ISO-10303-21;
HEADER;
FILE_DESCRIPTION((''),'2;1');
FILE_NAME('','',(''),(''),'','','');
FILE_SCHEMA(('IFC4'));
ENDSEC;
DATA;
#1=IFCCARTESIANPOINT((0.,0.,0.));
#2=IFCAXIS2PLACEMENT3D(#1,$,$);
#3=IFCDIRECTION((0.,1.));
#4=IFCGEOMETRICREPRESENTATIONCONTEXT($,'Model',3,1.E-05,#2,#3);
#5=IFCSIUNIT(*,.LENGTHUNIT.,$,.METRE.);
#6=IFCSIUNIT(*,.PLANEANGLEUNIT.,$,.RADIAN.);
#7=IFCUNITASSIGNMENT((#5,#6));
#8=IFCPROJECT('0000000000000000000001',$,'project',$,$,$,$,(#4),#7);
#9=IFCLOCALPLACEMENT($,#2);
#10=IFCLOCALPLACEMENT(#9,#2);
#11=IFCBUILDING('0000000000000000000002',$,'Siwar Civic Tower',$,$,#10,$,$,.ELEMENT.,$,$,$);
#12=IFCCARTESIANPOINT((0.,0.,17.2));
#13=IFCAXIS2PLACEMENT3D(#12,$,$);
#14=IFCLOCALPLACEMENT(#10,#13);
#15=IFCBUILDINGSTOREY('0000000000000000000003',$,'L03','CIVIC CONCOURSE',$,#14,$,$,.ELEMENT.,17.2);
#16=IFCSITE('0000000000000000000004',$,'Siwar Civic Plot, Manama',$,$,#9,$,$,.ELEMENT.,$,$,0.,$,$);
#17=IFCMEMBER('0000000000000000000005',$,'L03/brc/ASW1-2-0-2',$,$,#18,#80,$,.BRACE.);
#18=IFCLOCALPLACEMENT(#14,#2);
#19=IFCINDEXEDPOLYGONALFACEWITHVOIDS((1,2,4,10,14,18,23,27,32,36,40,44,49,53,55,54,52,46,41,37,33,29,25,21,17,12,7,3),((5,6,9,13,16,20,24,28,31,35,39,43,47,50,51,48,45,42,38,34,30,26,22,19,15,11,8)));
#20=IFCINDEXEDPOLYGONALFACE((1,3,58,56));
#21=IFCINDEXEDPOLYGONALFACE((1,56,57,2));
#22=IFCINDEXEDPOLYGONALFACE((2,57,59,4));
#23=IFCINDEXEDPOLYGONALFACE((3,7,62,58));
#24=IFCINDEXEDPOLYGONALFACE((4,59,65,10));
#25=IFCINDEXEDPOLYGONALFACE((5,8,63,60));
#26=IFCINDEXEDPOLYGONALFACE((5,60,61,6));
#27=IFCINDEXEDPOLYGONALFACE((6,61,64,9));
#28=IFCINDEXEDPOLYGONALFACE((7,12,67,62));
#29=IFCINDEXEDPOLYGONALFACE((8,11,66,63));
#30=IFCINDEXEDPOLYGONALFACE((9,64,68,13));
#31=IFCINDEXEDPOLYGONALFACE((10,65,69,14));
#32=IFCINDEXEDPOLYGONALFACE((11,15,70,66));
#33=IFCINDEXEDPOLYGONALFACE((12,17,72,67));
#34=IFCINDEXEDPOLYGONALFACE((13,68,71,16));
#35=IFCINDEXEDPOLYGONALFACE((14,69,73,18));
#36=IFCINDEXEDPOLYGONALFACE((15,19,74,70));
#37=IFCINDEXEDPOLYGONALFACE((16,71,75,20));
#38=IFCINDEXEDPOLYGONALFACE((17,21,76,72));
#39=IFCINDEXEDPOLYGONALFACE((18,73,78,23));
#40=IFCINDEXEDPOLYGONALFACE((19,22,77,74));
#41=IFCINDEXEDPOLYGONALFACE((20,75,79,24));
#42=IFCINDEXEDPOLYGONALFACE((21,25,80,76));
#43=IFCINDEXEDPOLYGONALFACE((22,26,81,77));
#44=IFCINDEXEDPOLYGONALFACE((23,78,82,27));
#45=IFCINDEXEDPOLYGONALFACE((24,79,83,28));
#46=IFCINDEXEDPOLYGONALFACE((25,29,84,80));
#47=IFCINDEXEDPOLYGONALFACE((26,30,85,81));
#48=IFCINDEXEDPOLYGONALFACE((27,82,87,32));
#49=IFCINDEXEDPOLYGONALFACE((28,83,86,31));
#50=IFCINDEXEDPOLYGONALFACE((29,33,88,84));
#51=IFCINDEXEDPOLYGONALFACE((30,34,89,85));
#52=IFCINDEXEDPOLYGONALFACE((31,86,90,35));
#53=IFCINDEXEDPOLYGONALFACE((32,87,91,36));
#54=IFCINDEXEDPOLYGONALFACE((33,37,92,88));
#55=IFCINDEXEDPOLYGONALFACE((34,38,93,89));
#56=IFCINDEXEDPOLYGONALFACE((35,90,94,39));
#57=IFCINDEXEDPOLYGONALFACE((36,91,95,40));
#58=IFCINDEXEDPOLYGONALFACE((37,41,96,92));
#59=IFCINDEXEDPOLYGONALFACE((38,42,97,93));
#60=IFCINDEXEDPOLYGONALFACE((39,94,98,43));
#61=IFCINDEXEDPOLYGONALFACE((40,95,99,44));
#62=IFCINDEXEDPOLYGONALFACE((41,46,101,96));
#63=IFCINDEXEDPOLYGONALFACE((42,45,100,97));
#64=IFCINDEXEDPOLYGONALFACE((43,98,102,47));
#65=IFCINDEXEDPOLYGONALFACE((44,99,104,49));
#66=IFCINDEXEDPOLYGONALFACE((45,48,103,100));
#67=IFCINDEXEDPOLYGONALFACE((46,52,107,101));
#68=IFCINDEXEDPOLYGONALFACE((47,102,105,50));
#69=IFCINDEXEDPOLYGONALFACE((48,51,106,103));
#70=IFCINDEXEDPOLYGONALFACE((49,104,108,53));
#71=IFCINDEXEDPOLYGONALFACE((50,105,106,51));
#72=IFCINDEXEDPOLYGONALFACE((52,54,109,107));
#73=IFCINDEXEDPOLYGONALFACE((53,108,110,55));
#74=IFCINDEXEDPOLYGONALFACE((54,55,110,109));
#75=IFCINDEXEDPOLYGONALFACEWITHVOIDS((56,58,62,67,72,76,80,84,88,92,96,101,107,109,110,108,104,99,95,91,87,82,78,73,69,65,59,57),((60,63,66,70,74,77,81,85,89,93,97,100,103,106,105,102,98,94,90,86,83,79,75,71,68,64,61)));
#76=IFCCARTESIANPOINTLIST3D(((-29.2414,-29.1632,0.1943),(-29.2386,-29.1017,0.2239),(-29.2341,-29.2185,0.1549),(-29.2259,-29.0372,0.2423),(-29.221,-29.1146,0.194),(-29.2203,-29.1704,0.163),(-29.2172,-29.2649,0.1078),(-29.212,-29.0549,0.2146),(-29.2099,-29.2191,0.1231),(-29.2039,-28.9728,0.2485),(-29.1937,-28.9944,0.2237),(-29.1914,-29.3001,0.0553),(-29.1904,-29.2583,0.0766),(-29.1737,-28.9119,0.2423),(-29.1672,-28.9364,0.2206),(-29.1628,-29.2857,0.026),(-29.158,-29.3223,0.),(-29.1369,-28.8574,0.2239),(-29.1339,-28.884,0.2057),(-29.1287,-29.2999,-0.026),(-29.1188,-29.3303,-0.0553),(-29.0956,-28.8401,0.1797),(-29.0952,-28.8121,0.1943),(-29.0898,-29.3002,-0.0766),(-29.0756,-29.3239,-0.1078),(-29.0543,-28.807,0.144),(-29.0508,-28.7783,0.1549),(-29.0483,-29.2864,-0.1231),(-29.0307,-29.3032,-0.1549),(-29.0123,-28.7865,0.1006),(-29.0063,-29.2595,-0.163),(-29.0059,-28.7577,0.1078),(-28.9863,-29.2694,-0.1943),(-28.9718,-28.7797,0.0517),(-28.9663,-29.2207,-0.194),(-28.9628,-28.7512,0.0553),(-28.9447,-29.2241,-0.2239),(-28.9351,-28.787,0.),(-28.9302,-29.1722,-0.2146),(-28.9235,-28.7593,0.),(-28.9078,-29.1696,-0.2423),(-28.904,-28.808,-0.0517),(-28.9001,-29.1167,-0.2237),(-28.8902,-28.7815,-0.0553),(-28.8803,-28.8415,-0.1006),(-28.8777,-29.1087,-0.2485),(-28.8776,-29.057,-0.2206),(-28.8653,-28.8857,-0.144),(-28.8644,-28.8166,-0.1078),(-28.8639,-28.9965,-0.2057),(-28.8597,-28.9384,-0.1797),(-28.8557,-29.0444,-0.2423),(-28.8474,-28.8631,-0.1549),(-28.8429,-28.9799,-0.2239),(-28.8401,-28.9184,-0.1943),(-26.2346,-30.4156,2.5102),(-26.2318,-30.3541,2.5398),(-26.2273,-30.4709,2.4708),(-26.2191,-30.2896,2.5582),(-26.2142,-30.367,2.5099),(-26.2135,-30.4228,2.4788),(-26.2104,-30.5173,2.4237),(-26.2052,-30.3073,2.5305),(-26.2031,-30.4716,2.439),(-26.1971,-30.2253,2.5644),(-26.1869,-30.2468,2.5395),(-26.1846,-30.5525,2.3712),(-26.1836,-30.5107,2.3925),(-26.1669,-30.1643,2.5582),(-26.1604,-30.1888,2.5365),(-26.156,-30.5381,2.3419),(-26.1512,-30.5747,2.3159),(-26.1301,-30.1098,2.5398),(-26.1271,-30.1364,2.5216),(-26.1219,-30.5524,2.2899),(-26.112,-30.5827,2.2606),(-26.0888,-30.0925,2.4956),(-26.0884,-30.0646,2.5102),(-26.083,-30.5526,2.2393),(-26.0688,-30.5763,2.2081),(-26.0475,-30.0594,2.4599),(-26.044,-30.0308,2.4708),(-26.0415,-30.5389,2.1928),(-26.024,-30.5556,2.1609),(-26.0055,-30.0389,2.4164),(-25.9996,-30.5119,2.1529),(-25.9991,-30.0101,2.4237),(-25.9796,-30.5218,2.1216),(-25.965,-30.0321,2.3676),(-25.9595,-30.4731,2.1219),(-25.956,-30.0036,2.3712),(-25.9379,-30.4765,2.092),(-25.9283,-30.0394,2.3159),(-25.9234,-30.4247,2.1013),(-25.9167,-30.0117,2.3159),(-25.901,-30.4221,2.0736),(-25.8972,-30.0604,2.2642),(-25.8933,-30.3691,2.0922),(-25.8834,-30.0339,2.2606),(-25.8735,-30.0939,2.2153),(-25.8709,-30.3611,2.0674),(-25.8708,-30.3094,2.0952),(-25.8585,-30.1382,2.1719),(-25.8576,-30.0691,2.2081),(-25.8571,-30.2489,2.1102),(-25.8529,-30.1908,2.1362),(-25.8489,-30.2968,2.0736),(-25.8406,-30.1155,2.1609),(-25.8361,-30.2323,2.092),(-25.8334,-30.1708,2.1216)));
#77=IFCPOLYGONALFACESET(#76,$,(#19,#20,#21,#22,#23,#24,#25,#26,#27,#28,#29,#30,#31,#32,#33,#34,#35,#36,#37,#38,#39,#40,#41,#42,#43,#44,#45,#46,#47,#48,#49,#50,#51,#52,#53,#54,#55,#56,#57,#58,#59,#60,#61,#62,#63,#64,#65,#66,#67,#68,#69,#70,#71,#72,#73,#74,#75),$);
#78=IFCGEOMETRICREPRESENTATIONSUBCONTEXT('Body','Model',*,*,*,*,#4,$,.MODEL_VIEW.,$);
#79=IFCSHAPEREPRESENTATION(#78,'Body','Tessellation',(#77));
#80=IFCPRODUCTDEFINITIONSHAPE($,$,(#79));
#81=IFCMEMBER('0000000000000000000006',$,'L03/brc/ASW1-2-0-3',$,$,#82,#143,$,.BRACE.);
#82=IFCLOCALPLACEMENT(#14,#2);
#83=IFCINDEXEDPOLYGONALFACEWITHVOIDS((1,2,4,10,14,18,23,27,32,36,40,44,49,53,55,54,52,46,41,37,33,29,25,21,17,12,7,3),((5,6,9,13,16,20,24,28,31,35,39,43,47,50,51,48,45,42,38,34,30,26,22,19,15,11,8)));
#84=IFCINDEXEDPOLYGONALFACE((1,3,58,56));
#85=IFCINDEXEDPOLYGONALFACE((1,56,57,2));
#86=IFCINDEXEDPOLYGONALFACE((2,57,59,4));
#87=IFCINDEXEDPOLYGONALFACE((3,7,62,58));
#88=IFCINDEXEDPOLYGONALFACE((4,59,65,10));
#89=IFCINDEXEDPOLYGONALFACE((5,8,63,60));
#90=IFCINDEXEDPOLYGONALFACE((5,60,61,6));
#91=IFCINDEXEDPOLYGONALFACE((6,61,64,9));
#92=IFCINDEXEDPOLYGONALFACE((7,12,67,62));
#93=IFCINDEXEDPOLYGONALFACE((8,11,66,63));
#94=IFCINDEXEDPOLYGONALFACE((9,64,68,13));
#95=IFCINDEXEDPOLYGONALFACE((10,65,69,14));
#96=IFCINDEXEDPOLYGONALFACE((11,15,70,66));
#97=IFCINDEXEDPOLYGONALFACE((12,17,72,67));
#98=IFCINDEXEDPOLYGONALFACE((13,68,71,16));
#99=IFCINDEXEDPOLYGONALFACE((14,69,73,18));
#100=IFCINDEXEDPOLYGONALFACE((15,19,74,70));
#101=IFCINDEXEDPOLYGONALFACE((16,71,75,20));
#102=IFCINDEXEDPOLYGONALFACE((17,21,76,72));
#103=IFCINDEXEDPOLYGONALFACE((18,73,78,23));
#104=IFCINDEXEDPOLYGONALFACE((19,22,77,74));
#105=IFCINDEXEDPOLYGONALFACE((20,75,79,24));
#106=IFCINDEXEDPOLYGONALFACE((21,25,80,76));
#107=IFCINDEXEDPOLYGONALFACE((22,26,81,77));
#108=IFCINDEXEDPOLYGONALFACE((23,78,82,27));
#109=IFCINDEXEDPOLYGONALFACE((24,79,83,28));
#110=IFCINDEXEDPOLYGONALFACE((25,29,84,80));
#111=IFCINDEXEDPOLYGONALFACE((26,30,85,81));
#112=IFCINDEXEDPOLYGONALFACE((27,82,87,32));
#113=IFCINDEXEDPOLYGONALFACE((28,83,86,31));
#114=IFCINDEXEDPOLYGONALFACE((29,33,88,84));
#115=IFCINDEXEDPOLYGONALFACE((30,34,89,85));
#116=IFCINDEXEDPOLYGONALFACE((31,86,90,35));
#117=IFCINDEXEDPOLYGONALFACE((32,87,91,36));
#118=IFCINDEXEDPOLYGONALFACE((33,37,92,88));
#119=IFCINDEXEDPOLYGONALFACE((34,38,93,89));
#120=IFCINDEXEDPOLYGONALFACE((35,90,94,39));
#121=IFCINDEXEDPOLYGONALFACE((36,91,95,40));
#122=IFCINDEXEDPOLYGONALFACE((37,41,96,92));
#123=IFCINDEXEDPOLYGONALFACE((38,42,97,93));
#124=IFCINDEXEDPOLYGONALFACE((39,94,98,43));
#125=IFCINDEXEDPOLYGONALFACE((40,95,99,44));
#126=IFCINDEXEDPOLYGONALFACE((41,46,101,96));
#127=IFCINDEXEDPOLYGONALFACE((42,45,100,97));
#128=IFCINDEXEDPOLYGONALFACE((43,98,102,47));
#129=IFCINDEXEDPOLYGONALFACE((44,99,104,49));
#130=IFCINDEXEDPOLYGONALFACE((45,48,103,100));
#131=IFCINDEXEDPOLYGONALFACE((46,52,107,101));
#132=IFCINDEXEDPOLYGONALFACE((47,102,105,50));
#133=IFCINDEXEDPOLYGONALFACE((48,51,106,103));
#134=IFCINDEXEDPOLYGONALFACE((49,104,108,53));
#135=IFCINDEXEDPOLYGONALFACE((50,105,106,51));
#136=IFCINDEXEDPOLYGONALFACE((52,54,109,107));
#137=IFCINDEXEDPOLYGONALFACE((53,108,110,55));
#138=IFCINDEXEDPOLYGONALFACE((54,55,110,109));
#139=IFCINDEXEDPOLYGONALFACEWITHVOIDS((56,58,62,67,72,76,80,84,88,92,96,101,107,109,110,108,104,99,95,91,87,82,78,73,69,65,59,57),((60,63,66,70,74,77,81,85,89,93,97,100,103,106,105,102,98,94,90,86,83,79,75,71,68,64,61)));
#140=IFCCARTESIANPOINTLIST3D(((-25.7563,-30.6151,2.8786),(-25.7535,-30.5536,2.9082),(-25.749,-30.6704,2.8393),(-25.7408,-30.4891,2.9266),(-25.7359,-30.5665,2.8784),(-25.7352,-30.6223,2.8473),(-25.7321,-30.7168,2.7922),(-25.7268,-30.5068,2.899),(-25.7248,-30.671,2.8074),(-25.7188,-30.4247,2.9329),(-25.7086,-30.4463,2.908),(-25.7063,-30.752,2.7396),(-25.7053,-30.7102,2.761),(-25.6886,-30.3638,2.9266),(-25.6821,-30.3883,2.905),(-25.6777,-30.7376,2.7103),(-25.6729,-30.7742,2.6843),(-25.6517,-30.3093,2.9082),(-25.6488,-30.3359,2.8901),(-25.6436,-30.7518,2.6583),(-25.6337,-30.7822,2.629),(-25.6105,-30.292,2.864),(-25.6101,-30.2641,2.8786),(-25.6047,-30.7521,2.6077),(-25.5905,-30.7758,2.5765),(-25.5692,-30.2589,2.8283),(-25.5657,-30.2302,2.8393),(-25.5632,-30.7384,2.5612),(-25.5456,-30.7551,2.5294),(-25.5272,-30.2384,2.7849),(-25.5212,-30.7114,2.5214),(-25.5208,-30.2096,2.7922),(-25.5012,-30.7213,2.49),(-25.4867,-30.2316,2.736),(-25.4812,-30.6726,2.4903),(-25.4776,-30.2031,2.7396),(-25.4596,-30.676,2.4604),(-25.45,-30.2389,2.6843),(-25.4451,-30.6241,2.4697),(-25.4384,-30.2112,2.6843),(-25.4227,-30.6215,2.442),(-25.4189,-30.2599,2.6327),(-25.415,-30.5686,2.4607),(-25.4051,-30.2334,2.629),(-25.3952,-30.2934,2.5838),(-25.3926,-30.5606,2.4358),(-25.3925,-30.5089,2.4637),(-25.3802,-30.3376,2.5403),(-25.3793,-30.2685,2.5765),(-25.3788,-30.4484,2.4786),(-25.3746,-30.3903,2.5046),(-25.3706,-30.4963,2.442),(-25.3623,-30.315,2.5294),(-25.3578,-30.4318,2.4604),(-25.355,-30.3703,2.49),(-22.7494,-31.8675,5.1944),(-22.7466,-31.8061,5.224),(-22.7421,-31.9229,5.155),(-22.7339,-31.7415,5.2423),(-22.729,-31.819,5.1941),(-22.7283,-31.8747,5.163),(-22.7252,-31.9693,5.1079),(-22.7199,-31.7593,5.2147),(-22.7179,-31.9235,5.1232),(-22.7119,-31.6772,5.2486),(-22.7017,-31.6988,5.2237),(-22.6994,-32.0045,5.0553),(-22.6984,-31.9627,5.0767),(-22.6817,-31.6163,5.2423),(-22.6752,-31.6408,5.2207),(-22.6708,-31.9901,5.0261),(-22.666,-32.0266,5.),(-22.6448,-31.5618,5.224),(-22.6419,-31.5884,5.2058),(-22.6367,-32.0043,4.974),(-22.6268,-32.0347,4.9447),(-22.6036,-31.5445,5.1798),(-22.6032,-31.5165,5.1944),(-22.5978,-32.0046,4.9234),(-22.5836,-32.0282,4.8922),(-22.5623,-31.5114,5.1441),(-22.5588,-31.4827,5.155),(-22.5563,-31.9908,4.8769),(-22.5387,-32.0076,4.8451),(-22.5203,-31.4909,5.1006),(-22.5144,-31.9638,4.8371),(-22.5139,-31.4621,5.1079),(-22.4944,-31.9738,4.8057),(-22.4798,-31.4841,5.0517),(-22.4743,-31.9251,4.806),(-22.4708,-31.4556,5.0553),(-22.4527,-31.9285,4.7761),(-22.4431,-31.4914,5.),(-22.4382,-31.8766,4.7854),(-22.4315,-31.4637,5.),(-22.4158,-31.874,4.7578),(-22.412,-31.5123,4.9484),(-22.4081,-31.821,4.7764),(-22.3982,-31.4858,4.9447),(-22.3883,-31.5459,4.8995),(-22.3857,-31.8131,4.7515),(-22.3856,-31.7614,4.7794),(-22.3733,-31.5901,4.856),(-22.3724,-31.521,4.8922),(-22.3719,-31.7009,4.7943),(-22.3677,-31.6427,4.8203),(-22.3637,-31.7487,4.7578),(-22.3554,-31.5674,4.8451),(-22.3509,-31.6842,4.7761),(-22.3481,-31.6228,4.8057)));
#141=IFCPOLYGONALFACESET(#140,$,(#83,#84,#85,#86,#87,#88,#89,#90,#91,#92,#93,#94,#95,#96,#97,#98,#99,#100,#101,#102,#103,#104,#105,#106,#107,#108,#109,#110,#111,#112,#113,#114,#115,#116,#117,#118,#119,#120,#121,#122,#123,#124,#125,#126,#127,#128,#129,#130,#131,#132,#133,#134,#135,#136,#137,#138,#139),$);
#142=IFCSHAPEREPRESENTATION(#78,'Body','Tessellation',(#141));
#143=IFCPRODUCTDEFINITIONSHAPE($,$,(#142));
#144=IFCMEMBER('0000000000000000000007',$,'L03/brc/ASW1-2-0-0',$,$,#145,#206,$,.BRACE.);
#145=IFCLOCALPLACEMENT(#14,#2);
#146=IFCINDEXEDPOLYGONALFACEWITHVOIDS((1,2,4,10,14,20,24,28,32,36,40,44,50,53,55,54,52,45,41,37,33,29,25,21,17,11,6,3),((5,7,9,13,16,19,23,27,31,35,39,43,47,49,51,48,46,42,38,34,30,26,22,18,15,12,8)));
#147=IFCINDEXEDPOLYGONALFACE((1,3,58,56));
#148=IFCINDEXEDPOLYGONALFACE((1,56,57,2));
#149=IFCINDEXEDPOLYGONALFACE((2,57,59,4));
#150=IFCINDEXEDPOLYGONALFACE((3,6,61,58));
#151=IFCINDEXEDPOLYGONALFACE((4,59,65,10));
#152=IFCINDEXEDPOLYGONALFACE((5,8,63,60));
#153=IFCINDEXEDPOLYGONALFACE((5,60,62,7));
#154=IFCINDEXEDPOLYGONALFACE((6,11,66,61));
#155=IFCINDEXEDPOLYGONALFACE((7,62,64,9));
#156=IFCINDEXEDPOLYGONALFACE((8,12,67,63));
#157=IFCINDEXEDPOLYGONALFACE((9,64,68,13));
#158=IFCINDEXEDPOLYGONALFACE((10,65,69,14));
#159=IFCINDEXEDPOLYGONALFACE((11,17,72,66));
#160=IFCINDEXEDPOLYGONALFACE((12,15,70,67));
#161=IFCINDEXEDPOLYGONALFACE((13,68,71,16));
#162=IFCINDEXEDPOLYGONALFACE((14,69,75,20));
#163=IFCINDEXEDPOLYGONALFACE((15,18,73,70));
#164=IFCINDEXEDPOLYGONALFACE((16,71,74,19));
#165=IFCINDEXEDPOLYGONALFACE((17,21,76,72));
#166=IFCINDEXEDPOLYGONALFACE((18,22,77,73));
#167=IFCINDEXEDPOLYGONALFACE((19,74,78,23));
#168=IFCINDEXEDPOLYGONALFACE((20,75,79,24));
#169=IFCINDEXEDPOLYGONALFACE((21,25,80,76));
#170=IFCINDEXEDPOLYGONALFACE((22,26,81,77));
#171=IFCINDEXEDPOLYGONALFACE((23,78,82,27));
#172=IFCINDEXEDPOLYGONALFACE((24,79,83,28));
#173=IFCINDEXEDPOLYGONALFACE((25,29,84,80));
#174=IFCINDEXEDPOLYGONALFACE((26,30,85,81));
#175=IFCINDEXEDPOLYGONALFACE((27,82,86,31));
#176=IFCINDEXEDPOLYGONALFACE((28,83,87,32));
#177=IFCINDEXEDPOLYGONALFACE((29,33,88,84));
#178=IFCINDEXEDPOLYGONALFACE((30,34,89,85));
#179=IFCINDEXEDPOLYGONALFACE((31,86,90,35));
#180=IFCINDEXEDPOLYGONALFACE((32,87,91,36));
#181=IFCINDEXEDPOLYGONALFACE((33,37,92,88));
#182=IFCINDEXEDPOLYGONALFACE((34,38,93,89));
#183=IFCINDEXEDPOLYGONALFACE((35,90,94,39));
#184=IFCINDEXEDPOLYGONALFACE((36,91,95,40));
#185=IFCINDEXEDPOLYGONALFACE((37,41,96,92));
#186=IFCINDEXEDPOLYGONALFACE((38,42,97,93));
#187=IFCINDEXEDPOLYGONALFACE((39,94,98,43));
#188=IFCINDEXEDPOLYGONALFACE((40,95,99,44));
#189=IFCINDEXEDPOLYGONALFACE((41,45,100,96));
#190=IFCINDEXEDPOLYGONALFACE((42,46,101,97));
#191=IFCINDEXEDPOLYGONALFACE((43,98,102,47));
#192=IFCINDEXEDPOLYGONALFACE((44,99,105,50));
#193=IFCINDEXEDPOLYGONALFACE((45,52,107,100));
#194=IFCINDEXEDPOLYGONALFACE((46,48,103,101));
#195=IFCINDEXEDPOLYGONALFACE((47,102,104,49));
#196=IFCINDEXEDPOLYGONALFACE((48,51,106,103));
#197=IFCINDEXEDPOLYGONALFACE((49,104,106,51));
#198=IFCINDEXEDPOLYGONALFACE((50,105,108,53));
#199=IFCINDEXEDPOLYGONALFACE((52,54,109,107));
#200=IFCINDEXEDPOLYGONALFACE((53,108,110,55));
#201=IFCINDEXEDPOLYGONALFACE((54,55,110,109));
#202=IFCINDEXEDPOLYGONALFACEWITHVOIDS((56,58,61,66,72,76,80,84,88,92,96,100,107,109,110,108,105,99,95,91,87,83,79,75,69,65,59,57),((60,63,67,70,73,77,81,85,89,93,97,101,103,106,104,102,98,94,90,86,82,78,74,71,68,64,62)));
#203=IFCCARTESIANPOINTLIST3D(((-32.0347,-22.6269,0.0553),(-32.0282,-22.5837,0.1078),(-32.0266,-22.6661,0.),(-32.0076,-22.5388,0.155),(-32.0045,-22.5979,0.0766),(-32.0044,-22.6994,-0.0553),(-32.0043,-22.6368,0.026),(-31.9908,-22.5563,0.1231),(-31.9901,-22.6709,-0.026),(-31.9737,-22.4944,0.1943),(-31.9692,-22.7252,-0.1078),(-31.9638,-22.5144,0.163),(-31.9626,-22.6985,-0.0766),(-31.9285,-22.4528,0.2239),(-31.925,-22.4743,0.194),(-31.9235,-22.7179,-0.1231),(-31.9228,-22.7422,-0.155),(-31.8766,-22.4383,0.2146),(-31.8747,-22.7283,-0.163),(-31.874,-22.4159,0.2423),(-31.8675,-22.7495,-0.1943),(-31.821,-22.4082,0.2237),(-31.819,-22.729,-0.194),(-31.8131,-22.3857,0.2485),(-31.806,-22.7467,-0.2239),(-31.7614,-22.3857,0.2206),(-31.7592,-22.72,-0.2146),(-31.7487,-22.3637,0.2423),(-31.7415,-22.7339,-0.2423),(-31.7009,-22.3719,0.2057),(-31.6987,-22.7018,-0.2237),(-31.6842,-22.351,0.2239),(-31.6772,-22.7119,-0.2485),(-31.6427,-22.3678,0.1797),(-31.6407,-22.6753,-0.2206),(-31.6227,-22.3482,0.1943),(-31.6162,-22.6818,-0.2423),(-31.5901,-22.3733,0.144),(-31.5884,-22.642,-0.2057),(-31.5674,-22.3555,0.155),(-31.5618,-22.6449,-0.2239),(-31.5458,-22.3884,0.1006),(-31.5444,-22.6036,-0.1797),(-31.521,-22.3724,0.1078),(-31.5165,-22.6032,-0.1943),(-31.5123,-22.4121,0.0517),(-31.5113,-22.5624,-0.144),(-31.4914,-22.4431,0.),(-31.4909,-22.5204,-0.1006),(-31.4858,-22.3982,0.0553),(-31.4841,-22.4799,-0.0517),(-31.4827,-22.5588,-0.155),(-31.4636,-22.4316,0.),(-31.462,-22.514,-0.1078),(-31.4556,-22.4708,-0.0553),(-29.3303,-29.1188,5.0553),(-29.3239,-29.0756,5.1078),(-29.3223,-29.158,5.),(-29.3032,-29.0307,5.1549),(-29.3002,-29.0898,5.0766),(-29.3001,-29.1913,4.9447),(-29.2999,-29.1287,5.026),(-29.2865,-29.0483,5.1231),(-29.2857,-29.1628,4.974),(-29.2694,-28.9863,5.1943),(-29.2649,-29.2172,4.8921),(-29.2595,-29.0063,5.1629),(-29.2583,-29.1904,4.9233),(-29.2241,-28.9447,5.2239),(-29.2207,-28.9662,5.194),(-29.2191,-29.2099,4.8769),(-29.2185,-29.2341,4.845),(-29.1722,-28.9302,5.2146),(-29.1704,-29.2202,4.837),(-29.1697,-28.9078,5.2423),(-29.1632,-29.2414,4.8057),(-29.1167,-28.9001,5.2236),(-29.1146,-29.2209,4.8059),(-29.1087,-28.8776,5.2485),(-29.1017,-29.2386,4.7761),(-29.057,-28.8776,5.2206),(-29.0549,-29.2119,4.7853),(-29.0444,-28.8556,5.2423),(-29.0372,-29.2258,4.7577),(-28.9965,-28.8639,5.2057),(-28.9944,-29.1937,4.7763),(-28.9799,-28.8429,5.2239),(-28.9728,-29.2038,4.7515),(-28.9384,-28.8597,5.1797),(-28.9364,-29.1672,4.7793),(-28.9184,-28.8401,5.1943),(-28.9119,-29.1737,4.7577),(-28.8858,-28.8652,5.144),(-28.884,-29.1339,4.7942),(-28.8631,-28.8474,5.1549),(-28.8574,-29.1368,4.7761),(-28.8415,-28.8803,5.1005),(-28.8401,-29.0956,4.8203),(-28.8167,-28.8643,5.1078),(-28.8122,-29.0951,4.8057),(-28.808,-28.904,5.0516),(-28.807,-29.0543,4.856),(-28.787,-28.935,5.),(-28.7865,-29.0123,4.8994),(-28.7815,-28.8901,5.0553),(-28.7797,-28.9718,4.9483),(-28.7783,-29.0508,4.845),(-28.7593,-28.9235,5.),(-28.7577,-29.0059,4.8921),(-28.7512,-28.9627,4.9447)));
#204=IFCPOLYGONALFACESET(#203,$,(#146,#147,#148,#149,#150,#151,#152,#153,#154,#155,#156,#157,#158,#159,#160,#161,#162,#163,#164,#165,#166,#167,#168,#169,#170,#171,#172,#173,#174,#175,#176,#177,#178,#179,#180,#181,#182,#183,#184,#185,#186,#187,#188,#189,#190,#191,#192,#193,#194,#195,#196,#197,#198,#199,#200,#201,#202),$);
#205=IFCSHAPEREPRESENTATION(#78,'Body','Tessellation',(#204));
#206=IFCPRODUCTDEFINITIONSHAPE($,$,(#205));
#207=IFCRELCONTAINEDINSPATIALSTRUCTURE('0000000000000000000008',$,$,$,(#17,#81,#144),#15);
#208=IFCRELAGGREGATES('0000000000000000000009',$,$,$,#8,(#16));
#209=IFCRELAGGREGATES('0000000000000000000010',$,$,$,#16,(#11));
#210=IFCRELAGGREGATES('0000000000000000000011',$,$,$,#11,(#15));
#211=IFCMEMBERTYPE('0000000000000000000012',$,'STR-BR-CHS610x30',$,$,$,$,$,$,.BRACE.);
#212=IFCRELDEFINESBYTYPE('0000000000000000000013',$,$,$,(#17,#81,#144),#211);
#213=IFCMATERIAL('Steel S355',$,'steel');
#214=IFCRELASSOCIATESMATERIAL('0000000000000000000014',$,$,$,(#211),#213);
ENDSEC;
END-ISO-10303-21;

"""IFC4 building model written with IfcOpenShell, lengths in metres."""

from ifc_helpers import new_model, si_unit, direction, frame, origin, origin_2d, place, context, subcontext, project, spatial, hollow_circle, extrude, material, material_profile, profile_set, type_object, element, save


model = new_model("IFC4")

# Units and contexts
model_context = context("Model", 3, precision=1e-05, world=origin(), true_north=direction((0.0, 1.0)))
body_context = subcontext(model_context, "Body", "Model", "MODEL_VIEW")
ifc_project = project(units=[si_unit("LENGTHUNIT", "METRE"), si_unit("PLANEANGLEUNIT", "RADIAN")], contexts=[model_context])

# Site, building, storey
site_placement = place(None, origin())
site = spatial("IfcSite", under=ifc_project, at=site_placement, Name="Siwar Civic Plot, Manama", CompositionType="ELEMENT", RefElevation=0.0)
building_placement = place(site_placement, origin())
building = spatial("IfcBuilding", under=site, at=building_placement, Name="Siwar Civic Tower", CompositionType="ELEMENT")
storey_placement = place(building_placement, frame((0.0, 0.0, 17.2)))
storey = spatial("IfcBuildingStorey", under=building, at=storey_placement, Name="L03", Description="CIVIC CONCOURSE", CompositionType="ELEMENT", Elevation=17.2)

# Members
ifc_material_1 = material(Name="Steel S355", Category="steel")
ifc_material_profile_1 = material_profile(ifc_material_1, hollow_circle(Radius=0.3049, WallThickness=0.03, at=origin_2d()), Name="CHS610x30")
ifc_profile_set_1 = profile_set([ifc_material_profile_1], Name="Steel S355")
member_type_1 = type_object("IfcMemberType", Name="STR-BR-CHS610x30", PredefinedType="BRACE", material=ifc_profile_set_1)
for number, where, z_axis, x_axis, name in (
    (1, (-29.0408, -29.0408, 0.0), (0.752341, -0.313373, 0.579466), (0.384509, 0.923121, 0.0), "L03/brc/ASW1-2-0-2"),
    (2, (-25.5557, -30.4927, 2.6843), (0.752367, -0.313385, 0.579425), (0.384509, 0.923121, 0.0), "L03/brc/ASW1-2-0-3"),
):
    element("IfcMember", number, at=place(storey_placement, frame(where, z_axis=z_axis, x_axis=x_axis)), inside=storey, type_object=member_type_1, Name=name, PredefinedType="BRACE", context=body_context, shape_type="SweptSolid", body=[
        extrude(hollow_circle(Radius=0.3049, WallThickness=0.03, at=origin_2d()), origin(), (0.0, 0.0, 1.0), 3.9966),
    ])
member_1_placement = place(storey_placement, frame((-31.7451, -22.5488, 0.0), z_axis=(0.313404, -0.752344, 0.579445), x_axis=(0.923109, 0.384539, 0.0)))
element("IfcMember", 3, at=member_1_placement, inside=storey, type_object=member_type_1, Name="L03/brc/ASW1-2-0-0", PredefinedType="BRACE", context=body_context, shape_type="SweptSolid", body=[
    extrude(hollow_circle(Radius=0.3049, WallThickness=0.03, at=origin_2d()), origin(), (0.0, 0.0, 1.0), 8.6289),
])

save(model, "model.ifc")
